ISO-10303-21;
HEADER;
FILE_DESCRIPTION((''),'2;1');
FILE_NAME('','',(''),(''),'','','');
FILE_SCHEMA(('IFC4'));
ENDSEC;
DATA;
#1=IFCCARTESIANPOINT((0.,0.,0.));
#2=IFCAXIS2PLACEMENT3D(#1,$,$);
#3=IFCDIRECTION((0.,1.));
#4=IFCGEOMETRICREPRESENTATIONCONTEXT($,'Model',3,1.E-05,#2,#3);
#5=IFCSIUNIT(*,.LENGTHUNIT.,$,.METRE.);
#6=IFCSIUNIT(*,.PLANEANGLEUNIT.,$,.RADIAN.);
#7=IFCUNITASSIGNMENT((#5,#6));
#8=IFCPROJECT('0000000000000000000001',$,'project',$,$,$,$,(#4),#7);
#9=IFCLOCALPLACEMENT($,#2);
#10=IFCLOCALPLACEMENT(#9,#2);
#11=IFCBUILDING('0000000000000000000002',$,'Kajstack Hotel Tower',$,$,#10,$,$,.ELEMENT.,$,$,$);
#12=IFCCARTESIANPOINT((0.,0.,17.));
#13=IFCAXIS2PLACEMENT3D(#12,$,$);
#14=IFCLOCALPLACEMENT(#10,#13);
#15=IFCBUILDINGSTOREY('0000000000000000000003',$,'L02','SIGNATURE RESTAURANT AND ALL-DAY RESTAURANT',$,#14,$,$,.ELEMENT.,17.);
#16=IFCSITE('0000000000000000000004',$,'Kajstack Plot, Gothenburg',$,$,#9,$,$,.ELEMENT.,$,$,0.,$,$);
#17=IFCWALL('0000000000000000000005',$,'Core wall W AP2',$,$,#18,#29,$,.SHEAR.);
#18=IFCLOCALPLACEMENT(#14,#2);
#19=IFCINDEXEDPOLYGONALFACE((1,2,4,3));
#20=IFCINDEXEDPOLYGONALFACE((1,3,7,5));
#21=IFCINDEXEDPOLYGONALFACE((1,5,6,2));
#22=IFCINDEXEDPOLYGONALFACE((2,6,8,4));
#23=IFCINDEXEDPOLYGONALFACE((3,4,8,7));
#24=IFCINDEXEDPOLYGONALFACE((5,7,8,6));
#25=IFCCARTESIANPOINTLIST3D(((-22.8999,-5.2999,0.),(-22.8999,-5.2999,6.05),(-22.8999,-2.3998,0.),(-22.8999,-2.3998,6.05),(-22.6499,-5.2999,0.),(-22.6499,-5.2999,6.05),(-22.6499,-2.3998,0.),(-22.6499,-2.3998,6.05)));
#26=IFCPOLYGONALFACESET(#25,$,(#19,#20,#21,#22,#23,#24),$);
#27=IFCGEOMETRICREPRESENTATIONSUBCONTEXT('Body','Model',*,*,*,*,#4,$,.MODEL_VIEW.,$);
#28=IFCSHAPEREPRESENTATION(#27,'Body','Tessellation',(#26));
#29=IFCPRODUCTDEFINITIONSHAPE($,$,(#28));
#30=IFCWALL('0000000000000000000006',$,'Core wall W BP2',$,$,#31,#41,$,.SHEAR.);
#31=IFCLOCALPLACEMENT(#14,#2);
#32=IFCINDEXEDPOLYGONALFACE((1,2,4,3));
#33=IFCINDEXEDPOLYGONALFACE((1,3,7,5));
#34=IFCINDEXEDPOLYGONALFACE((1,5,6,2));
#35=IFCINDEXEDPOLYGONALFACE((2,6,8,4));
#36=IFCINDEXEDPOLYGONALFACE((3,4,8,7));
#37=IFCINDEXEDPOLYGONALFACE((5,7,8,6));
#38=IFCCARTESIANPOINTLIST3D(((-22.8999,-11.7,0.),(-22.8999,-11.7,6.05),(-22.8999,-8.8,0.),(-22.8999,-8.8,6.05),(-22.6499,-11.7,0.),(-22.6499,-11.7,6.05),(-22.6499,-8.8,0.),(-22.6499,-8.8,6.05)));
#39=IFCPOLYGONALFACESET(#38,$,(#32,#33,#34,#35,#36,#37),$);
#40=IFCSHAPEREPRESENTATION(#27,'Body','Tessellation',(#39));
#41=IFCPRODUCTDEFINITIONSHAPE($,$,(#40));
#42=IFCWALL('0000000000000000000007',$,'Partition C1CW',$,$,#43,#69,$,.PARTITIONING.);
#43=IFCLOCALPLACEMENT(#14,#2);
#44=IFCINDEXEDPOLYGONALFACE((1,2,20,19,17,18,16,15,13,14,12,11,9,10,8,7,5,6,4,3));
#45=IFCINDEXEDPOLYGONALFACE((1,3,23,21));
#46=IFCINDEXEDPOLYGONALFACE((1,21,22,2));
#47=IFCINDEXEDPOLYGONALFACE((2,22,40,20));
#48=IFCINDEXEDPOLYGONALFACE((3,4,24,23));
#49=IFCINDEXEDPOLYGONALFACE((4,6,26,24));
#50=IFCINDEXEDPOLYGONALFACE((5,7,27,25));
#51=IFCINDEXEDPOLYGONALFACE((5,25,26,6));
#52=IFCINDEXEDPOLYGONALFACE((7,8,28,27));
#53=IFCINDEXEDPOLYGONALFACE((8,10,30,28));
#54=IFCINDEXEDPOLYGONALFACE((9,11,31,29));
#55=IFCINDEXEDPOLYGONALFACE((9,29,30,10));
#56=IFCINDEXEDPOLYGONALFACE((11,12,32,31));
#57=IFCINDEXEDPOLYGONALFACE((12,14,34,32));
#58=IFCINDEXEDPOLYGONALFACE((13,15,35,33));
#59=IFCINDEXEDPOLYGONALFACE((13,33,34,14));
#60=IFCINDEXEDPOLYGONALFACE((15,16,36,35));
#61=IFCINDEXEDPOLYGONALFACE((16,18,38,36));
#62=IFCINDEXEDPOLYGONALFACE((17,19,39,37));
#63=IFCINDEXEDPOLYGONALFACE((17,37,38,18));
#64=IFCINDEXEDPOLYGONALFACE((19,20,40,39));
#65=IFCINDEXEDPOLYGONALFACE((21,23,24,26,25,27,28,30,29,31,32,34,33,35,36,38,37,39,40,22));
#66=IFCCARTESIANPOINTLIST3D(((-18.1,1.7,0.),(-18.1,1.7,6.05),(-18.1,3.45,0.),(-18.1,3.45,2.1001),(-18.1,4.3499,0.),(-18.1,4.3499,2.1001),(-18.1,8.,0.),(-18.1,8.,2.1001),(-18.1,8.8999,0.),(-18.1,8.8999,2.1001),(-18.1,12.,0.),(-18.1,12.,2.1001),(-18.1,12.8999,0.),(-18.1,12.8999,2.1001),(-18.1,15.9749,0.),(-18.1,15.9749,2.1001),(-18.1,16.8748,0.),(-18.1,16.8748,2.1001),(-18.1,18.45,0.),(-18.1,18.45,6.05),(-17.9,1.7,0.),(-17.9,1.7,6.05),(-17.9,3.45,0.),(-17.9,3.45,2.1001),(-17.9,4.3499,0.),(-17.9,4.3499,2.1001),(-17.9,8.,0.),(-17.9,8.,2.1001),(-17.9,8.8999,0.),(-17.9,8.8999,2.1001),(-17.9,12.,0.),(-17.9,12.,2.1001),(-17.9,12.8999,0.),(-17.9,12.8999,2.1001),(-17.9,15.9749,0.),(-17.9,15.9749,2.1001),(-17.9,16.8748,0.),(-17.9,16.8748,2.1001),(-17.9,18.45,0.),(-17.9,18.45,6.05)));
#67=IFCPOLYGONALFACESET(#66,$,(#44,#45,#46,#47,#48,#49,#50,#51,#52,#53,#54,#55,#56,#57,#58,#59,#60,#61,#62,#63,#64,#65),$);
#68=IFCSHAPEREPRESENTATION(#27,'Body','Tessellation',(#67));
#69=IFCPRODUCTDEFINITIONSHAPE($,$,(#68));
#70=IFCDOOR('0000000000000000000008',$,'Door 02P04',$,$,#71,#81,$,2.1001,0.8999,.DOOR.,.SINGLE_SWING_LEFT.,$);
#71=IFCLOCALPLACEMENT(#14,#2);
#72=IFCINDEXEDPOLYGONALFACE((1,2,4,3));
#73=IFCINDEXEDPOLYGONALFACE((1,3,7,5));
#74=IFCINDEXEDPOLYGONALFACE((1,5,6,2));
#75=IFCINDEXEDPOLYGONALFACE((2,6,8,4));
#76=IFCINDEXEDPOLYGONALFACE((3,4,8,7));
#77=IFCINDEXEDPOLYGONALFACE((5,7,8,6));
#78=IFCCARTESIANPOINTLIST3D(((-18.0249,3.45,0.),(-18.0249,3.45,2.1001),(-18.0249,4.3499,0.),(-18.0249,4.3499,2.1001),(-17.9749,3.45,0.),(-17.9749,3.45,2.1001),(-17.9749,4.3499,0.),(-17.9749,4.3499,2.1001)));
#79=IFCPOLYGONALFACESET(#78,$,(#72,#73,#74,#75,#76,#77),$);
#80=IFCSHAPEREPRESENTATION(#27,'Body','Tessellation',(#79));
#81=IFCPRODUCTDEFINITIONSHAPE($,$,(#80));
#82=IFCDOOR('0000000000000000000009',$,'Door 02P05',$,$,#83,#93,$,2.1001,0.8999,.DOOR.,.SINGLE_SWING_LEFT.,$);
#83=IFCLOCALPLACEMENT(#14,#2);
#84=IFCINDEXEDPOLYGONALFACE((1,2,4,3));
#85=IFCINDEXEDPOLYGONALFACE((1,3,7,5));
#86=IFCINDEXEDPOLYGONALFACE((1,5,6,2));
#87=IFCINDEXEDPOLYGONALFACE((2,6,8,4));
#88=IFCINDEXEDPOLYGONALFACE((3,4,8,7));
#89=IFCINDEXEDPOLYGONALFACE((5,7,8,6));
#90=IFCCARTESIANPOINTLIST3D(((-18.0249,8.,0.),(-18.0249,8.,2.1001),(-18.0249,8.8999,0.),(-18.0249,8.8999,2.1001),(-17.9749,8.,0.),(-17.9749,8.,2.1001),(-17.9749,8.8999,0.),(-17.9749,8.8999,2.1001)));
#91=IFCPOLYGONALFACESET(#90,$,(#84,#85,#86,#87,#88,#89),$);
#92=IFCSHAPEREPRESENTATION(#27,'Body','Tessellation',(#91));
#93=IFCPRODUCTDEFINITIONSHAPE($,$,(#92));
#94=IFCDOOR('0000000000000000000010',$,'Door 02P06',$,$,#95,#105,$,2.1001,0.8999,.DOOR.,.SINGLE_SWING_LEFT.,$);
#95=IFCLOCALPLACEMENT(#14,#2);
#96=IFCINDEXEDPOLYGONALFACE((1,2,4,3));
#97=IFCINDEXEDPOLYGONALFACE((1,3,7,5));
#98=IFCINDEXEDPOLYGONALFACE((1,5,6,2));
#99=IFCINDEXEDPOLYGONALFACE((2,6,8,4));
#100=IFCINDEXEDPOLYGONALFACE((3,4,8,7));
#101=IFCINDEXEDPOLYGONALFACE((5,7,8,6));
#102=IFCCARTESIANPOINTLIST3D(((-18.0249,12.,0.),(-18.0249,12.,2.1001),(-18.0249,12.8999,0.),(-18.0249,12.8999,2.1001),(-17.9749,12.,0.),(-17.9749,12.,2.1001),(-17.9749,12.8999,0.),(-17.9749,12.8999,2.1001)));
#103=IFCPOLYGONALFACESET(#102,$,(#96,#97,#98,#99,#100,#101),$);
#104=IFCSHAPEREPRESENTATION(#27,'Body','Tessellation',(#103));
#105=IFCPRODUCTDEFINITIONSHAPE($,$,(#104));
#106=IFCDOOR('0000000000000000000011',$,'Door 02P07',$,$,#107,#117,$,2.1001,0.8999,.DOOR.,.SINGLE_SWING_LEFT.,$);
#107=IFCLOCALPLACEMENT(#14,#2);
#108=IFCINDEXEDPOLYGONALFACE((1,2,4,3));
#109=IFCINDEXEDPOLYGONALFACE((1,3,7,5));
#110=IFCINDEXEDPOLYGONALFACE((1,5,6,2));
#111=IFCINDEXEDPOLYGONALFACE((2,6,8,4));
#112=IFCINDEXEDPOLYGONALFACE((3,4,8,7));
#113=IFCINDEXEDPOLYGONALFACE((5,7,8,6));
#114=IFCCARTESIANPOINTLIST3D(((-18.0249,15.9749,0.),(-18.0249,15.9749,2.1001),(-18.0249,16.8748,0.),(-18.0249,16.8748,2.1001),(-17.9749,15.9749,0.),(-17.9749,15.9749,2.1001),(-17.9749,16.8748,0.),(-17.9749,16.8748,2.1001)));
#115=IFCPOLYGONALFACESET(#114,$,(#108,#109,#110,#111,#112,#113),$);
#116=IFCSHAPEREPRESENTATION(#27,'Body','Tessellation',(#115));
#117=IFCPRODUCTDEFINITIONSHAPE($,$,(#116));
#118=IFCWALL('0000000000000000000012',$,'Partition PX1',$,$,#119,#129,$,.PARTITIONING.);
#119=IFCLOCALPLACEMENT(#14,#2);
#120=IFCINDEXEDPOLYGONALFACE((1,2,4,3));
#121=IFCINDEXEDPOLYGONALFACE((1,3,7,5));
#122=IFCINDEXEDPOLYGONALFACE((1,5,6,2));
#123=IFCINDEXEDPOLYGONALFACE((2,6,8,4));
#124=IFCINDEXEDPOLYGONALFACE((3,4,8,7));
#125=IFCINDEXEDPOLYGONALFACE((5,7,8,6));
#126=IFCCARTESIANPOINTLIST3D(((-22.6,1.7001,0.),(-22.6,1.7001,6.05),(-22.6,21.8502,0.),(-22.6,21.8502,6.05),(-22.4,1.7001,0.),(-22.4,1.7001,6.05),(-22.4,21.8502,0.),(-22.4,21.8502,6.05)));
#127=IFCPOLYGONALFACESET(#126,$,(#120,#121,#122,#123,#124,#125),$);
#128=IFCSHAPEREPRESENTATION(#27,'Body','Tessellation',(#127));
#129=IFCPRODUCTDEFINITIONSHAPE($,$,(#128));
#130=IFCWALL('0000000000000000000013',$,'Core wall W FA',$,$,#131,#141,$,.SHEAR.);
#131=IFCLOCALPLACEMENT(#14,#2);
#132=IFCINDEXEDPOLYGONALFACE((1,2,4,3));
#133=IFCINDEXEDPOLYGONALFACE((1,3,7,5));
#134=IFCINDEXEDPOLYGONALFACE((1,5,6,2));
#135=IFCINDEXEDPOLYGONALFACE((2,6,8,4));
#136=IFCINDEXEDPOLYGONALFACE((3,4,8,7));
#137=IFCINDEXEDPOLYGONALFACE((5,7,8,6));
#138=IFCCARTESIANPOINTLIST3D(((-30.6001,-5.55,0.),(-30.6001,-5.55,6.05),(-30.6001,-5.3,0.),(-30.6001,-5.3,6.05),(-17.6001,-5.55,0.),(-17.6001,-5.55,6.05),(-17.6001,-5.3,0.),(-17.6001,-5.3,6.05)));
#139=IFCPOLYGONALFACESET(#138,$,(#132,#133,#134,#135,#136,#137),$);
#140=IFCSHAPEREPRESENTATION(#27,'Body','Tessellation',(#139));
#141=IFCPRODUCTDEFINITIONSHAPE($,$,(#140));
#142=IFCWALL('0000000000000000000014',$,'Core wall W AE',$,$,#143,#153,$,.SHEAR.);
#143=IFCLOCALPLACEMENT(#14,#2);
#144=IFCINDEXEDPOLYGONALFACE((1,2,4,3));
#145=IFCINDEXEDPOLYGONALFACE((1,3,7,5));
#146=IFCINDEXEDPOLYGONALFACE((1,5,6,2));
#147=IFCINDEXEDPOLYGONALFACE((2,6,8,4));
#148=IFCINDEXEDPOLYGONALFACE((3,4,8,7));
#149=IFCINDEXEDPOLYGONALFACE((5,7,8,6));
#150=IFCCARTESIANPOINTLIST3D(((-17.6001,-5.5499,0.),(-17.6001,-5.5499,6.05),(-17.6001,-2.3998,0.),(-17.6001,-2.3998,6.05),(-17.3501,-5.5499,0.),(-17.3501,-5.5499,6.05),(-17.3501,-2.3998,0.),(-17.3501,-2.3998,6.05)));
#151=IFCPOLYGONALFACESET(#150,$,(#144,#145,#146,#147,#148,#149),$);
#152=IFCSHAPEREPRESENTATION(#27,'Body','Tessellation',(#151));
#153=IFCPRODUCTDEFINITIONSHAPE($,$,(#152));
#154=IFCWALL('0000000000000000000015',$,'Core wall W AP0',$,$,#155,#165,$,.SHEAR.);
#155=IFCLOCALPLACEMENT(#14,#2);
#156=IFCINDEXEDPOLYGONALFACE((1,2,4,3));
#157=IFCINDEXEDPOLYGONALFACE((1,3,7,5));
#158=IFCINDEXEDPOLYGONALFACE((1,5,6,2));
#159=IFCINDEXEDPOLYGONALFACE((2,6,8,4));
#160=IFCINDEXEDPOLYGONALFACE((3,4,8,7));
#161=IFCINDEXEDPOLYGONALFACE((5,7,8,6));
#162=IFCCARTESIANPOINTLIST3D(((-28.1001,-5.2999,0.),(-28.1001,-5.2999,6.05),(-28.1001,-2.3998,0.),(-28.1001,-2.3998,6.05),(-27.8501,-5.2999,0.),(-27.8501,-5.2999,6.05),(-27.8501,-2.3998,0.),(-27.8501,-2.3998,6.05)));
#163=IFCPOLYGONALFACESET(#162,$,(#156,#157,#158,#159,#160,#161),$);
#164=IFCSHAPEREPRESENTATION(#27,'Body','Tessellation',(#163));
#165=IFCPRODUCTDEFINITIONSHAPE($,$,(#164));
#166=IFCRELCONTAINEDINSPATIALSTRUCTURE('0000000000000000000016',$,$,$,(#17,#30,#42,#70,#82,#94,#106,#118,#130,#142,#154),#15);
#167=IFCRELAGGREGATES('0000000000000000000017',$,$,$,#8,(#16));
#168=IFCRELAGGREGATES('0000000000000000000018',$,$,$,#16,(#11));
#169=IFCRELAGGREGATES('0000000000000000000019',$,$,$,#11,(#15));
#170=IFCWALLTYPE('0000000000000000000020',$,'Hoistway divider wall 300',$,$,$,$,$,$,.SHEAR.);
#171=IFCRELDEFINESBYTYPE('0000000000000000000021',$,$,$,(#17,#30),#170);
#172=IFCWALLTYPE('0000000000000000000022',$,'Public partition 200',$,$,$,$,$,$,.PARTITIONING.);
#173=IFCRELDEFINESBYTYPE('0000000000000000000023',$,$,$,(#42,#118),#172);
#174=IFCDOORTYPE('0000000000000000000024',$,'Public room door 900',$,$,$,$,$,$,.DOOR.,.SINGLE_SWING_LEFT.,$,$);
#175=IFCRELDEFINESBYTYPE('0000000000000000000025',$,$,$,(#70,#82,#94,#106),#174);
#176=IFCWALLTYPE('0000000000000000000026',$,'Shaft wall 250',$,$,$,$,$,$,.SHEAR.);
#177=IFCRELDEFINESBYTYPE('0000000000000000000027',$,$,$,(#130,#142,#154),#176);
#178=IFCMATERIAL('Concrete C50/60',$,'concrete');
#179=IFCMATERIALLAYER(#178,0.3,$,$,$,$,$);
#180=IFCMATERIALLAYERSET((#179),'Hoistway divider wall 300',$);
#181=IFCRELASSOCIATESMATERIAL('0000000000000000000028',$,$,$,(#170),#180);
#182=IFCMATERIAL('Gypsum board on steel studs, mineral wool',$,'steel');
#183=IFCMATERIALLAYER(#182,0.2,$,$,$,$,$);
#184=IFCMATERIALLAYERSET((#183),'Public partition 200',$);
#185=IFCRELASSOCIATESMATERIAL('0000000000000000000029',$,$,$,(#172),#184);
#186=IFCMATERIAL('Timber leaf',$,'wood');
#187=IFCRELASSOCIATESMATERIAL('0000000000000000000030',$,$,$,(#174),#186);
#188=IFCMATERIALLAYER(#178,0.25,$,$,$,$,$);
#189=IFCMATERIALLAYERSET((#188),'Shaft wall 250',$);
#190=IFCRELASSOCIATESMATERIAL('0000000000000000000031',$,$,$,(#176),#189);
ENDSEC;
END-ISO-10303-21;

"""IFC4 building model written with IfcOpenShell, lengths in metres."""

from ifc_helpers import new_model, si_unit, direction, frame, frame_2d, origin, place, context, subcontext, project, spatial, rectangle, extrude, material, layer, layer_set, type_object, element, fill, save


model = new_model("IFC4")

# Units and contexts
model_context = context("Model", 3, precision=1e-05, world=origin(), true_north=direction((0.0, 1.0)))
body_context = subcontext(model_context, "Body", "Model", "MODEL_VIEW")
ifc_project = project(units=[si_unit("LENGTHUNIT", "METRE"), si_unit("PLANEANGLEUNIT", "RADIAN")], contexts=[model_context])

# Site, building, storey
site_placement = place(None, origin())
site = spatial("IfcSite", under=ifc_project, at=site_placement, Name="Kajstack Plot, Gothenburg", CompositionType="ELEMENT", RefElevation=0.0)
building_placement = place(site_placement, origin())
building = spatial("IfcBuilding", under=site, at=building_placement, Name="Kajstack Hotel Tower", CompositionType="ELEMENT")
storey_placement = place(building_placement, frame((0.0, 0.0, 17.0)))
storey = spatial("IfcBuildingStorey", under=building, at=storey_placement, Name="L02", Description="SIGNATURE RESTAURANT AND ALL-DAY RESTAURANT", CompositionType="ELEMENT", Elevation=17.0)

# Walls
ifc_material_1 = material(Name="Concrete C50/60", Category="concrete")
ifc_layer_1 = layer(ifc_material_1, 0.3)
ifc_layer_set_1 = layer_set([ifc_layer_1], Name="Hoistway divider wall 300")
wall_type_1 = type_object("IfcWallType", Name="Hoistway divider wall 300", PredefinedType="SHEAR", material=ifc_layer_set_1)
wall_1_placement = place(storey_placement, frame((-22.7749, -5.3, 0.0), z_axis=(0.0, 0.0, 1.0), x_axis=(0.0, 1.0, 0.0)))
element("IfcWall", 1, at=wall_1_placement, inside=storey, type_object=wall_type_1, Name="Core wall W AP2", PredefinedType="SHEAR", context=body_context, shape_type="SweptSolid", body=[
    extrude(rectangle(XDim=2.9001, YDim=0.25, at=frame_2d((1.4502, 0.0))), origin(), (0.0, 0.0, 1.0), 6.05),
])
wall_2_placement = place(storey_placement, frame((-22.7749, -11.7, 0.0), z_axis=(0.0, 0.0, 1.0), x_axis=(0.0, 1.0, 0.0)))
element("IfcWall", 2, at=wall_2_placement, inside=storey, type_object=wall_type_1, Name="Core wall W BP2", PredefinedType="SHEAR", context=body_context, shape_type="SweptSolid", body=[
    extrude(rectangle(XDim=2.8999, YDim=0.25, at=frame_2d((1.45, 0.0))), origin(), (0.0, 0.0, 1.0), 6.05),
])

# Wall, openings, doors
ifc_material_2 = material(Name="Gypsum board on steel studs, mineral wool", Category="steel")
ifc_layer_2 = layer(ifc_material_2, 0.2)
ifc_layer_set_2 = layer_set([ifc_layer_2], Name="Public partition 200")
wall_type_2 = type_object("IfcWallType", Name="Public partition 200", PredefinedType="PARTITIONING", material=ifc_layer_set_2)
wall_3_placement = place(storey_placement, frame((-18.0, 1.7, 0.0), z_axis=(0.0, 0.0, 1.0), x_axis=(0.0, 1.0, 0.0)))
wall_3 = element("IfcWall", 3, at=wall_3_placement, inside=storey, type_object=wall_type_2, Name="Partition C1CW", PredefinedType="PARTITIONING", context=body_context, shape_type="SweptSolid", body=[
    extrude(rectangle(XDim=16.75, YDim=0.2, at=frame_2d((8.375, 0.0))), origin(), (0.0, 0.0, 1.0), 6.05),
])
opening_1_placement = place(wall_3_placement, frame((1.75, 0.0, 0.0)))
opening_1 = element("IfcOpeningElement", 4, at=opening_1_placement, cuts=wall_3, PredefinedType="OPENING", context=body_context, shape_type="SweptSolid", body=[
    extrude(rectangle(XDim=0.8999, YDim=2.1001, at=frame_2d((0.45, 1.05))), frame((0.0, 0.1099, 0.0), z_axis=(0.0, -1.0, 0.0), x_axis=(1.0, 0.0, 0.0)), (0.0, 0.0, 1.0), 0.22),
])
opening_2_placement = place(wall_3_placement, frame((6.3, 0.0, 0.0)))
opening_2 = element("IfcOpeningElement", 5, at=opening_2_placement, cuts=wall_3, PredefinedType="OPENING", context=body_context, shape_type="SweptSolid", body=[
    extrude(rectangle(XDim=0.8999, YDim=2.1001, at=frame_2d((0.45, 1.05))), frame((0.0, 0.1099, 0.0), z_axis=(0.0, -1.0, 0.0), x_axis=(1.0, 0.0, 0.0)), (0.0, 0.0, 1.0), 0.22),
])
opening_3_placement = place(wall_3_placement, frame((10.3, 0.0, 0.0)))
opening_3 = element("IfcOpeningElement", 6, at=opening_3_placement, cuts=wall_3, PredefinedType="OPENING", context=body_context, shape_type="SweptSolid", body=[
    extrude(rectangle(XDim=0.8999, YDim=2.1001, at=frame_2d((0.45, 1.05))), frame((0.0, 0.1099, 0.0), z_axis=(0.0, -1.0, 0.0), x_axis=(1.0, 0.0, 0.0)), (0.0, 0.0, 1.0), 0.22),
])
opening_4_placement = place(wall_3_placement, frame((14.2749, 0.0, 0.0)))
opening_4 = element("IfcOpeningElement", 7, at=opening_4_placement, cuts=wall_3, PredefinedType="OPENING", context=body_context, shape_type="SweptSolid", body=[
    extrude(rectangle(XDim=0.8999, YDim=2.1001, at=frame_2d((0.45, 1.05))), frame((0.0, 0.1099, 0.0), z_axis=(0.0, -1.0, 0.0), x_axis=(1.0, 0.0, 0.0)), (0.0, 0.0, 1.0), 0.22),
])
ifc_material_3 = material(Name="Timber leaf", Category="wood")
door_type_1 = type_object("IfcDoorType", Name="Public room door 900", OperationType="SINGLE_SWING_LEFT", PredefinedType="DOOR", material=ifc_material_3)
door_1_placement = place(opening_1_placement, origin())
door_1 = element("IfcDoor", 8, at=door_1_placement, inside=storey, type_object=door_type_1, Name="Door 02P04", OperationType="SINGLE_SWING_LEFT", OverallHeight=2.1001, OverallWidth=0.8999, PredefinedType="DOOR", context=body_context, shape_type="SweptSolid", body=[
    extrude(rectangle(XDim=0.8999, YDim=2.1001, at=frame_2d((0.45, 1.05))), frame((0.0, 0.0249, 0.0), z_axis=(0.0, -1.0, 0.0), x_axis=(1.0, 0.0, 0.0)), (0.0, 0.0, 1.0), 0.05),
])
fill(opening_1, door_1)
door_2_placement = place(opening_2_placement, origin())
door_2 = element("IfcDoor", 9, at=door_2_placement, inside=storey, type_object=door_type_1, Name="Door 02P05", OperationType="SINGLE_SWING_LEFT", OverallHeight=2.1001, OverallWidth=0.8999, PredefinedType="DOOR", context=body_context, shape_type="SweptSolid", body=[
    extrude(rectangle(XDim=0.8999, YDim=2.1001, at=frame_2d((0.45, 1.05))), frame((0.0, 0.0249, 0.0), z_axis=(0.0, -1.0, 0.0), x_axis=(1.0, 0.0, 0.0)), (0.0, 0.0, 1.0), 0.05),
])
fill(opening_2, door_2)
door_3_placement = place(opening_3_placement, origin())
door_3 = element("IfcDoor", 10, at=door_3_placement, inside=storey, type_object=door_type_1, Name="Door 02P06", OperationType="SINGLE_SWING_LEFT", OverallHeight=2.1001, OverallWidth=0.8999, PredefinedType="DOOR", context=body_context, shape_type="SweptSolid", body=[
    extrude(rectangle(XDim=0.8999, YDim=2.1001, at=frame_2d((0.45, 1.05))), frame((0.0, 0.0249, 0.0), z_axis=(0.0, -1.0, 0.0), x_axis=(1.0, 0.0, 0.0)), (0.0, 0.0, 1.0), 0.05),
])
fill(opening_3, door_3)
door_4_placement = place(opening_4_placement, origin())
door_4 = element("IfcDoor", 11, at=door_4_placement, inside=storey, type_object=door_type_1, Name="Door 02P07", OperationType="SINGLE_SWING_LEFT", OverallHeight=2.1001, OverallWidth=0.8999, PredefinedType="DOOR", context=body_context, shape_type="SweptSolid", body=[
    extrude(rectangle(XDim=0.8999, YDim=2.1001, at=frame_2d((0.45, 1.05))), frame((0.0, 0.0249, 0.0), z_axis=(0.0, -1.0, 0.0), x_axis=(1.0, 0.0, 0.0)), (0.0, 0.0, 1.0), 0.05),
])
fill(opening_4, door_4)

# Walls
wall_4_placement = place(storey_placement, frame((-22.5, 1.7, 0.0), z_axis=(0.0, 0.0, 1.0), x_axis=(0.0, 1.0, 0.0)))
element("IfcWall", 12, at=wall_4_placement, inside=storey, type_object=wall_type_2, Name="Partition PX1", PredefinedType="PARTITIONING", context=body_context, shape_type="SweptSolid", body=[
    extrude(rectangle(XDim=20.1501, YDim=0.2, at=frame_2d((10.0752, 0.0))), origin(), (0.0, 0.0, 1.0), 6.05),
])
ifc_layer_3 = layer(ifc_material_1, 0.25)
ifc_layer_set_3 = layer_set([ifc_layer_3], Name="Shaft wall 250")
wall_type_3 = type_object("IfcWallType", Name="Shaft wall 250", PredefinedType="SHEAR", material=ifc_layer_set_3)
wall_5_placement = place(storey_placement, frame((-30.6001, -5.425, 0.0), z_axis=(0.0, 0.0, 1.0), x_axis=(1.0, 0.0, 0.0)))
element("IfcWall", 13, at=wall_5_placement, inside=storey, type_object=wall_type_3, Name="Core wall W FA", PredefinedType="SHEAR", context=body_context, shape_type="SweptSolid", body=[
    extrude(rectangle(XDim=13.0, YDim=0.25, at=frame_2d((6.5, 0.0))), origin(), (0.0, 0.0, 1.0), 6.05),
])
wall_6_placement = place(storey_placement, frame((-17.4751, -5.55, 0.0), z_axis=(0.0, 0.0, 1.0), x_axis=(0.0, 1.0, 0.0)))
element("IfcWall", 14, at=wall_6_placement, inside=storey, type_object=wall_type_3, Name="Core wall W AE", PredefinedType="SHEAR", context=body_context, shape_type="SweptSolid", body=[
    extrude(rectangle(XDim=3.1501, YDim=0.25, at=frame_2d((1.5752, 0.0))), origin(), (0.0, 0.0, 1.0), 6.05),
])
wall_7_placement = place(storey_placement, frame((-27.9751, -5.3, 0.0), z_axis=(0.0, 0.0, 1.0), x_axis=(0.0, 1.0, 0.0)))
element("IfcWall", 15, at=wall_7_placement, inside=storey, type_object=wall_type_3, Name="Core wall W AP0", PredefinedType="SHEAR", context=body_context, shape_type="SweptSolid", body=[
    extrude(rectangle(XDim=2.9001, YDim=0.25, at=frame_2d((1.4502, 0.0))), origin(), (0.0, 0.0, 1.0), 6.05),
])

save(model, "model.ifc")
